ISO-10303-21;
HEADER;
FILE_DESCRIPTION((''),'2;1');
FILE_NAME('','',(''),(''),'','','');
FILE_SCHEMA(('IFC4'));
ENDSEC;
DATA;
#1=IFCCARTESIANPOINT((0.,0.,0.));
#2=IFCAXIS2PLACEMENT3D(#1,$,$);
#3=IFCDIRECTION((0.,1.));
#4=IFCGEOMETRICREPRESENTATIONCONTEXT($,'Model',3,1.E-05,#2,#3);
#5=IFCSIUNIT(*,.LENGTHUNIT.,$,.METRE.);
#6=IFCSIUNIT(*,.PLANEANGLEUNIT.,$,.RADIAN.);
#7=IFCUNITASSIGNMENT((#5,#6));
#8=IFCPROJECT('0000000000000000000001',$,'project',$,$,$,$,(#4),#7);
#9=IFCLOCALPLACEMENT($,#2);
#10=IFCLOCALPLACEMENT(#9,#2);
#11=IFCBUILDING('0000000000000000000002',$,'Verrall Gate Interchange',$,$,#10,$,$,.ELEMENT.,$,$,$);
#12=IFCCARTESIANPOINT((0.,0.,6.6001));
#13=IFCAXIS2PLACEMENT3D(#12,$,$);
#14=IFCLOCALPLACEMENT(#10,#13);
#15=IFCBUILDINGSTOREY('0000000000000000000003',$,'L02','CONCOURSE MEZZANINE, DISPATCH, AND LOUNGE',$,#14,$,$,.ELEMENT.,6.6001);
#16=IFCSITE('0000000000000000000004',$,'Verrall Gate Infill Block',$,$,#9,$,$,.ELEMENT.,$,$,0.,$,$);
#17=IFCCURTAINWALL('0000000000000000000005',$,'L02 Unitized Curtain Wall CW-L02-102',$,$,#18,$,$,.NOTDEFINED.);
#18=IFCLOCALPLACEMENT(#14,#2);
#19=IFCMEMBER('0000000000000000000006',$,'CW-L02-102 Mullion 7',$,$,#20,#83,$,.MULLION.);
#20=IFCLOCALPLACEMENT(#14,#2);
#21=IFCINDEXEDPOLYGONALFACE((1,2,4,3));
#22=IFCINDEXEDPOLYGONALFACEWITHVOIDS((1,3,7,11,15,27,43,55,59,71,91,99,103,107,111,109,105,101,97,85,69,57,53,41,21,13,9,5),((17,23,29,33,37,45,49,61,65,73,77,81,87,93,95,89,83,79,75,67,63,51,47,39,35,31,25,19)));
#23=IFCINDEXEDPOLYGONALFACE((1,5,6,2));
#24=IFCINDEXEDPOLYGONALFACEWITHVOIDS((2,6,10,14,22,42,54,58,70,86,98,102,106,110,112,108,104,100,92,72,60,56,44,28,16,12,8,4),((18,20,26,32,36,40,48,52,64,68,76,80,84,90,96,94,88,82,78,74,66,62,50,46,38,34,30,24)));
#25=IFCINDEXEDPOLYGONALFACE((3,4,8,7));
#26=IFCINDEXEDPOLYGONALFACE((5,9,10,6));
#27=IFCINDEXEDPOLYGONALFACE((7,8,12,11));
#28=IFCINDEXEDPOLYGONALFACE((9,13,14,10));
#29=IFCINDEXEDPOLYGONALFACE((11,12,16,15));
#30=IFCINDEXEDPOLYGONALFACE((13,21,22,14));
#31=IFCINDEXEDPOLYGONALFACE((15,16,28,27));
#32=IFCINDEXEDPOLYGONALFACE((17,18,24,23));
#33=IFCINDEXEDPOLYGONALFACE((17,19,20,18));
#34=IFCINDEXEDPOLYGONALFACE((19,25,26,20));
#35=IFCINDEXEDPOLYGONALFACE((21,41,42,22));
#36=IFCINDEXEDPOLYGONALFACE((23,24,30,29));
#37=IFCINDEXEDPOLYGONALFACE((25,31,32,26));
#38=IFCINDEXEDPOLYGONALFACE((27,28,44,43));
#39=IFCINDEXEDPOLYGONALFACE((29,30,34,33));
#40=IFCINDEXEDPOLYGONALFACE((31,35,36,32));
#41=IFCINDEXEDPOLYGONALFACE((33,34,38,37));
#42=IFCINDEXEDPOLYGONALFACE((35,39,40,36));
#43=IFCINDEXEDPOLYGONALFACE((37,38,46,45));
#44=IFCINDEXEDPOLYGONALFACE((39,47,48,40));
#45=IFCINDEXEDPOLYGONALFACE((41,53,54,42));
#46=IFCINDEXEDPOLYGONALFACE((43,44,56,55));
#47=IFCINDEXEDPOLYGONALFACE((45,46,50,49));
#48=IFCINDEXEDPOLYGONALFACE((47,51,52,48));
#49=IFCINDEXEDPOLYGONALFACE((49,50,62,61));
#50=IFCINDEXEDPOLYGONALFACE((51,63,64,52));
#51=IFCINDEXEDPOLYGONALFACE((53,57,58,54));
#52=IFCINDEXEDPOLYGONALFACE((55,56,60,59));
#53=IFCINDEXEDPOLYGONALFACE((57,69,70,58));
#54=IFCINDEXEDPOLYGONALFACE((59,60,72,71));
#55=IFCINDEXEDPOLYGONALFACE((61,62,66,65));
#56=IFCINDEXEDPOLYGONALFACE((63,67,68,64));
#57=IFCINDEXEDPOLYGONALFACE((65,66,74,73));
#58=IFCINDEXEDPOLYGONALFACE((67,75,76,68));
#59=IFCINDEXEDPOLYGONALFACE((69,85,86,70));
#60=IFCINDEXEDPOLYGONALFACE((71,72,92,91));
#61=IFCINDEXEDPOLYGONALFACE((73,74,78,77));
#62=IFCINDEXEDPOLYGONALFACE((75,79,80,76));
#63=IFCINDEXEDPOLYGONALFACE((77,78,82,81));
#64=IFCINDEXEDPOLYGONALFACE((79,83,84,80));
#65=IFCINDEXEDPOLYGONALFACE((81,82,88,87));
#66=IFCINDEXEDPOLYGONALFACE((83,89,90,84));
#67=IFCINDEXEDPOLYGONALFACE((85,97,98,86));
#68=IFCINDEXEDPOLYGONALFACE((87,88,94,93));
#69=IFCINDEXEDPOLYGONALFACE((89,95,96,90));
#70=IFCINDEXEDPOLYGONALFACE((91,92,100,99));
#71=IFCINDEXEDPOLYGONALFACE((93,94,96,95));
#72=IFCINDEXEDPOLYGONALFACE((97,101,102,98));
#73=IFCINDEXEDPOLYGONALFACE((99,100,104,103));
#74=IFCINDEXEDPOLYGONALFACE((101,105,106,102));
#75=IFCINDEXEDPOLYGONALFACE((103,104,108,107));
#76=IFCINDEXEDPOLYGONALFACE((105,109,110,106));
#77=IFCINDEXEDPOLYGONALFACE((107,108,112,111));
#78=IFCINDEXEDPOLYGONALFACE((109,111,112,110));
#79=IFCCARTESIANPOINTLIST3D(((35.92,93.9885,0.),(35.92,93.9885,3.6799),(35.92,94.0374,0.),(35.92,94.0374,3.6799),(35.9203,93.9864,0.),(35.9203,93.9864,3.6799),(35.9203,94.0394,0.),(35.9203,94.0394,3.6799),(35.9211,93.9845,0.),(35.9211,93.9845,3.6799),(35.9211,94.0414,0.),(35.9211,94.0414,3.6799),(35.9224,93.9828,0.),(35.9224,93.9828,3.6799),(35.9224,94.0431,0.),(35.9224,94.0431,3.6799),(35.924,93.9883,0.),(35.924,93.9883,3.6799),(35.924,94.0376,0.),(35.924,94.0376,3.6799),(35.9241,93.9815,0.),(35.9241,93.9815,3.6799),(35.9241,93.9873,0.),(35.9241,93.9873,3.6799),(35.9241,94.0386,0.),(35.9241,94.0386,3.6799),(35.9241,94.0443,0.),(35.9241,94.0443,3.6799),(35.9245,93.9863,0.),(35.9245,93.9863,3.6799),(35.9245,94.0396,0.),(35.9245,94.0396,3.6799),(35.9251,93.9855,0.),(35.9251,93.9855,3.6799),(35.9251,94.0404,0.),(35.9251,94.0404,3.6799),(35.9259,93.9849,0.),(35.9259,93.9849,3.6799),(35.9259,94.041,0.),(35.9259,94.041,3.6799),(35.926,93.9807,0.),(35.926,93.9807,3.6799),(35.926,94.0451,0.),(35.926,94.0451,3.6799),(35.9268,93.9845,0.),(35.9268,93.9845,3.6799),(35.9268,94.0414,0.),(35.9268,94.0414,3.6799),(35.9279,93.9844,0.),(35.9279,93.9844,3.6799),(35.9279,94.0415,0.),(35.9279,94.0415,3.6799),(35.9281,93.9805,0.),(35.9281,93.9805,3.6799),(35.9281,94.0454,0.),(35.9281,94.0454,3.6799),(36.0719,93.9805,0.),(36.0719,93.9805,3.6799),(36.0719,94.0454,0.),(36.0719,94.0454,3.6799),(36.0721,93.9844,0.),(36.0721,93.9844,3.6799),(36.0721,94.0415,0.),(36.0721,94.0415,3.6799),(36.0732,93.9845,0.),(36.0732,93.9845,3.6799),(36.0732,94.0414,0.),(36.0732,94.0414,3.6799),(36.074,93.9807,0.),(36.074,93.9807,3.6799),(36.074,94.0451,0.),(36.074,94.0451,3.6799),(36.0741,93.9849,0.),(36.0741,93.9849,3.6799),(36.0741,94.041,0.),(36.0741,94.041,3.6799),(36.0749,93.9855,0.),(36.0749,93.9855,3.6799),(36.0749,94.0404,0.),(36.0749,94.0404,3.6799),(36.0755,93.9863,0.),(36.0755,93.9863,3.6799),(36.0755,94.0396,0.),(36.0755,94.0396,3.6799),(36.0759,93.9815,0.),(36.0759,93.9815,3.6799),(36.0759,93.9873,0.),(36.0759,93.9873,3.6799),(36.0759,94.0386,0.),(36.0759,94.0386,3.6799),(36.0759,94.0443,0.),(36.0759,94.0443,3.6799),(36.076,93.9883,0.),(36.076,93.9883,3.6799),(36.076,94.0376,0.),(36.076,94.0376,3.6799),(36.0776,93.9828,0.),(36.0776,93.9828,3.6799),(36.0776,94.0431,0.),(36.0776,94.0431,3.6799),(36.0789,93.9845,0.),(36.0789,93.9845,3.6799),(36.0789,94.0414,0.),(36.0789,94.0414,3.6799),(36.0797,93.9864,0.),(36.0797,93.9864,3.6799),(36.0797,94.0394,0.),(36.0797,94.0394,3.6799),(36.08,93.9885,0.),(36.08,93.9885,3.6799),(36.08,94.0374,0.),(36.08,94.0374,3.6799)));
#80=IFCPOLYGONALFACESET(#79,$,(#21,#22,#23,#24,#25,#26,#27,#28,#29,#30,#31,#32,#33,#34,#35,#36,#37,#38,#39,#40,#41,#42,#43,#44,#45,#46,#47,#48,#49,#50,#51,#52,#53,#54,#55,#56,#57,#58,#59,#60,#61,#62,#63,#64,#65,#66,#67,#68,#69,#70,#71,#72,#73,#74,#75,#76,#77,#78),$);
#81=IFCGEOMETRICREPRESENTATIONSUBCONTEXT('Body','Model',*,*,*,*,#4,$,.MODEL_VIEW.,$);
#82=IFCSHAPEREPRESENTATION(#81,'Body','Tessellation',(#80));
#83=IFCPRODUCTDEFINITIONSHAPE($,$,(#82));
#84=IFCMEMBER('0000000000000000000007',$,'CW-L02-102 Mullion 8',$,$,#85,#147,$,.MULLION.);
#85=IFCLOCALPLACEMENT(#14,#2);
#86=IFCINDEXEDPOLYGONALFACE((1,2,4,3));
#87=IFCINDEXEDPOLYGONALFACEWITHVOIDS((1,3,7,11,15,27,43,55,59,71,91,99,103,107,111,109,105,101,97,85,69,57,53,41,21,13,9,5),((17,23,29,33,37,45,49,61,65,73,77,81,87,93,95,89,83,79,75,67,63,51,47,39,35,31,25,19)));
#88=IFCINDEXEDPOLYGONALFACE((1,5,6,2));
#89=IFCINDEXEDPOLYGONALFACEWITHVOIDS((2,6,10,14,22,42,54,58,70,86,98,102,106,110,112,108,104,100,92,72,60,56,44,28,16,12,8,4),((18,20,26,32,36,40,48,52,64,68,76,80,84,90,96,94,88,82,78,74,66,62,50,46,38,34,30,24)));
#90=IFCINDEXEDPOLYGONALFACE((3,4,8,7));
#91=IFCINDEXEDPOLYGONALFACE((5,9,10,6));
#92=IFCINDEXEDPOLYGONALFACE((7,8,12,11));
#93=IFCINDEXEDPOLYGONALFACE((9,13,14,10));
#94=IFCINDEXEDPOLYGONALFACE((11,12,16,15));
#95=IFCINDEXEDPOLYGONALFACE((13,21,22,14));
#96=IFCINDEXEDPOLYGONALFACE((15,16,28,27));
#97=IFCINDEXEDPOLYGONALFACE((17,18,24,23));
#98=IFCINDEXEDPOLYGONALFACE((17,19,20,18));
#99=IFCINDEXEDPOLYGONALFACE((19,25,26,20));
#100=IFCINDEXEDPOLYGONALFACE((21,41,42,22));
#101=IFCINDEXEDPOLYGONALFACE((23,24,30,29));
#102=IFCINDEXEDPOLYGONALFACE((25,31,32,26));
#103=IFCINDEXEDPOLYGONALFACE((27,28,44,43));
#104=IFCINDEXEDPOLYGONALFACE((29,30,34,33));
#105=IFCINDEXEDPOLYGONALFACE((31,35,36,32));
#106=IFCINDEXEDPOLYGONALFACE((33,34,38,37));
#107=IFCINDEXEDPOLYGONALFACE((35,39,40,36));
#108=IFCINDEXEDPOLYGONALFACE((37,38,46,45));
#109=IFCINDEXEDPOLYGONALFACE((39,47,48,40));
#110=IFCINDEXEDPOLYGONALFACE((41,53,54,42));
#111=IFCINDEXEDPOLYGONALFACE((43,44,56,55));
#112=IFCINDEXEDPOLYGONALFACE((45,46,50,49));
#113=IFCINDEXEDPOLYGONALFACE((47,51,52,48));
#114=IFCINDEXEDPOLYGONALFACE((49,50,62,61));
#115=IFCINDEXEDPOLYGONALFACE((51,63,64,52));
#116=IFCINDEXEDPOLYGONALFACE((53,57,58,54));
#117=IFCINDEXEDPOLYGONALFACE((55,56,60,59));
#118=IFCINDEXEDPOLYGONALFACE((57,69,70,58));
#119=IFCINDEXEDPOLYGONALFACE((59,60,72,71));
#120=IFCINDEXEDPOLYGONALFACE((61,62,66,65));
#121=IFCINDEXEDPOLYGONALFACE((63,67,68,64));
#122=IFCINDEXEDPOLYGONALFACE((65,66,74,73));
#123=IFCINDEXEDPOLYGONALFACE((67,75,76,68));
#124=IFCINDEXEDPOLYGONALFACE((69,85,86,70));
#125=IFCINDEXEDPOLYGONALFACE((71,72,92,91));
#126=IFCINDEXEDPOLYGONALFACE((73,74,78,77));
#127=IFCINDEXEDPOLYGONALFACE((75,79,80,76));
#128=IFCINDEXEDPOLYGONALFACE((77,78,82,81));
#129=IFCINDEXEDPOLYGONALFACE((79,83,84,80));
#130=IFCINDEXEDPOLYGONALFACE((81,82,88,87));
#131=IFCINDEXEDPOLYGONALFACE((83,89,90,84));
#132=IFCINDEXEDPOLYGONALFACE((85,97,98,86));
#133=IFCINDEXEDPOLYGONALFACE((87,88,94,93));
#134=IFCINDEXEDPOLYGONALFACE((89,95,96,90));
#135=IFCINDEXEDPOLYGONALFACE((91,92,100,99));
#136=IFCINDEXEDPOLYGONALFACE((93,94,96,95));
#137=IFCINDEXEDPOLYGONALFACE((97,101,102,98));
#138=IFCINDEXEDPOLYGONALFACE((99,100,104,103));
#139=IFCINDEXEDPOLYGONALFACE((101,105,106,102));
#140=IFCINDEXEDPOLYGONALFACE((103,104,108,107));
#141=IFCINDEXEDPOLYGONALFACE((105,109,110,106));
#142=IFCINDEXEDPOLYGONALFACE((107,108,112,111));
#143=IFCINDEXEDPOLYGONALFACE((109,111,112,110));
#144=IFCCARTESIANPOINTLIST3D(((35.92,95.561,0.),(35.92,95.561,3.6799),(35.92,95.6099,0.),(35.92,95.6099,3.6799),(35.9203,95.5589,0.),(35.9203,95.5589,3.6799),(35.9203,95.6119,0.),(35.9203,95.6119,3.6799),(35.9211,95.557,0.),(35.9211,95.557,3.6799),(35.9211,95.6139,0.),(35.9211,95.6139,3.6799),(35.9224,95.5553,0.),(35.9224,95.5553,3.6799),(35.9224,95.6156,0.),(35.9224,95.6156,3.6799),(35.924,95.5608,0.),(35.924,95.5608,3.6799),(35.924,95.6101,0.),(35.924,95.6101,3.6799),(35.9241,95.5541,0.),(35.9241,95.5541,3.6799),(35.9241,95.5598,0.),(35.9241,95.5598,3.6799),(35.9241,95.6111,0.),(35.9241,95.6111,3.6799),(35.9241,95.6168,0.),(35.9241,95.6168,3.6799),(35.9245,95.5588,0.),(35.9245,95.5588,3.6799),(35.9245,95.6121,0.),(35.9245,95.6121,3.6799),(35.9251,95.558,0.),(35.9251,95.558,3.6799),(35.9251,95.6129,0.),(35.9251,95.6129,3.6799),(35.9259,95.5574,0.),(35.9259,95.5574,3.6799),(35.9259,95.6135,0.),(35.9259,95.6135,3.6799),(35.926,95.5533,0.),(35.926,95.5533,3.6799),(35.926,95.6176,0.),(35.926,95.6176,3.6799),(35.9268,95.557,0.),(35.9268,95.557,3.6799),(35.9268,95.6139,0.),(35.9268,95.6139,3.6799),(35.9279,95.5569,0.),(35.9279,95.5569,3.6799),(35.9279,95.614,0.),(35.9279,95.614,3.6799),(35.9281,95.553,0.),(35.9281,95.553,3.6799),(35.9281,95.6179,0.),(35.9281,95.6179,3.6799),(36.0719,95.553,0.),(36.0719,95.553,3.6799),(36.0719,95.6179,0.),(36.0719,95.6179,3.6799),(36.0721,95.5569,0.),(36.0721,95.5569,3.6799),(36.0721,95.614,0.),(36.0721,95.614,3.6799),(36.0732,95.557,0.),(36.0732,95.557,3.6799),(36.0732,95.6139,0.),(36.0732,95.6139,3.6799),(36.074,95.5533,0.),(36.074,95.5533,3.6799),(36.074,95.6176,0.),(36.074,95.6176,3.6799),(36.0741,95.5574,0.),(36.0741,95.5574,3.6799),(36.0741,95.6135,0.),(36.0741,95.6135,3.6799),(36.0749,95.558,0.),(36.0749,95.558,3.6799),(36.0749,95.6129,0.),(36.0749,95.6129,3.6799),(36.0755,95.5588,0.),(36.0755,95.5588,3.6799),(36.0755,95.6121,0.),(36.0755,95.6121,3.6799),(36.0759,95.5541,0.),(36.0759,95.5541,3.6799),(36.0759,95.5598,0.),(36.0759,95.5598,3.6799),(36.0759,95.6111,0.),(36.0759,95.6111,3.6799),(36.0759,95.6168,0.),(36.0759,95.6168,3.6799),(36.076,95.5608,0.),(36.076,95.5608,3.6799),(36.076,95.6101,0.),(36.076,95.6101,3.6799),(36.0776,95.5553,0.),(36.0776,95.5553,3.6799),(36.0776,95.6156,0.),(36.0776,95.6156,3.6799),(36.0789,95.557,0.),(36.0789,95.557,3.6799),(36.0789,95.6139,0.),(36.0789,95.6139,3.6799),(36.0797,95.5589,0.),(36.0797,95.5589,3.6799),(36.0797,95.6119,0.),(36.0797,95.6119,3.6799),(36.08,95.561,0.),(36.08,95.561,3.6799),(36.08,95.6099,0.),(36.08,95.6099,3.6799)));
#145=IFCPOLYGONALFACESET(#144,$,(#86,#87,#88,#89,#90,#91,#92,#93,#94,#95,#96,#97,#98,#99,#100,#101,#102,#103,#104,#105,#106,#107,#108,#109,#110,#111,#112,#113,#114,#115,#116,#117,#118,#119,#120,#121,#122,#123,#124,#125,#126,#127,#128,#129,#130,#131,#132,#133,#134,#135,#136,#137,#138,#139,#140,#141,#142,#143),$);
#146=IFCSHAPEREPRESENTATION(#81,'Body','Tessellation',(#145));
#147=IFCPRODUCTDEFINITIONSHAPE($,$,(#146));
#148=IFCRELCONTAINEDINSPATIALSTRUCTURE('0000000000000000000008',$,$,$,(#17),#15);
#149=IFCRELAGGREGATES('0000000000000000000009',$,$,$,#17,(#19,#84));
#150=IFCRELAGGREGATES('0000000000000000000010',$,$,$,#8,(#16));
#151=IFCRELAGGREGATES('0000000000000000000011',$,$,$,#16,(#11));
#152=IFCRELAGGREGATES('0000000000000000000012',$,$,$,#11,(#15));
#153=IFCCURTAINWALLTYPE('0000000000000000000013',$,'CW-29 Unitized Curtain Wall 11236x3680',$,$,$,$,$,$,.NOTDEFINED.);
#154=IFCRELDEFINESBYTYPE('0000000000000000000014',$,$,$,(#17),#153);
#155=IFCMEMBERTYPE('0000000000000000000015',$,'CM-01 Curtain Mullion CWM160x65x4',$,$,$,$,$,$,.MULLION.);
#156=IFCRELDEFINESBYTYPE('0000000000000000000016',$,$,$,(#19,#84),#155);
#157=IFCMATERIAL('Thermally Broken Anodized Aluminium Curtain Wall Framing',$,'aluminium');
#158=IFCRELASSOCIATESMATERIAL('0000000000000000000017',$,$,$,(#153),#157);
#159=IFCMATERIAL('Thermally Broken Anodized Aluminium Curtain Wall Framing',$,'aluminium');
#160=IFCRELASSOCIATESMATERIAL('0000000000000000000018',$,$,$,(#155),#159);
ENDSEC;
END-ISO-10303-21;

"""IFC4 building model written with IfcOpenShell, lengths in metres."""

from ifc_helpers import new_model, si_unit, direction, frame, origin, origin_2d, place, context, subcontext, project, spatial, hollow_rectangle, extrude, material, material_profile, profile_set, type_object, element, aggregate, save


model = new_model("IFC4")

# Units and contexts
model_context = context("Model", 3, precision=1e-05, world=origin(), true_north=direction((0.0, 1.0)))
body_context = subcontext(model_context, "Body", "Model", "MODEL_VIEW")
ifc_project = project(units=[si_unit("LENGTHUNIT", "METRE"), si_unit("PLANEANGLEUNIT", "RADIAN")], contexts=[model_context])

# Site, building, storey
site_placement = place(None, origin())
site = spatial("IfcSite", under=ifc_project, at=site_placement, Name="Verrall Gate Infill Block", CompositionType="ELEMENT", RefElevation=0.0)
building_placement = place(site_placement, origin())
building = spatial("IfcBuilding", under=site, at=building_placement, Name="Verrall Gate Interchange", CompositionType="ELEMENT")
storey_placement = place(building_placement, frame((0.0, 0.0, 6.6001)))
storey = spatial("IfcBuildingStorey", under=building, at=storey_placement, Name="L02", Description="CONCOURSE MEZZANINE, DISPATCH, AND LOUNGE", CompositionType="ELEMENT", Elevation=6.6001)

# Curtain wall, members
ifc_material_1 = material(Name="Thermally Broken Anodized Aluminium Curtain Wall Framing", Category="aluminium")
curtain_wall_type = type_object("IfcCurtainWallType", Name="CW-29 Unitized Curtain Wall 11236x3680", PredefinedType="NOTDEFINED", material=ifc_material_1)
curtain_wall_placement = place(storey_placement, origin())
curtain_wall = element("IfcCurtainWall", 1, at=curtain_wall_placement, inside=storey, type_object=curtain_wall_type, Name="L02 Unitized Curtain Wall CW-L02-102", PredefinedType="NOTDEFINED")
ifc_material_2 = material(Name="Thermally Broken Anodized Aluminium Curtain Wall Framing", Category="aluminium")
ifc_material_profile_1 = material_profile(ifc_material_2, hollow_rectangle(XDim=0.0649, YDim=0.1599, WallThickness=0.0039, InnerFilletRadius=0.0039, OuterFilletRadius=0.0081, at=origin_2d()), Name="CWM160x65x4")
ifc_profile_set_1 = profile_set([ifc_material_profile_1], Name="Thermally Broken Anodized Aluminium Curtain Wall Framing")
member_type_1 = type_object("IfcMemberType", Name="CM-01 Curtain Mullion CWM160x65x4", PredefinedType="MULLION", material=ifc_profile_set_1)
member_1_placement = place(storey_placement, frame((36.0, 94.0129, 0.0), z_axis=(0.0, 0.0, 1.0), x_axis=(0.0, 1.0, 0.0)))
member_1 = element("IfcMember", 2, at=member_1_placement, type_object=member_type_1, Name="CW-L02-102 Mullion 7", PredefinedType="MULLION", context=body_context, shape_type="SweptSolid", body=[
    extrude(hollow_rectangle(XDim=0.0649, YDim=0.1599, WallThickness=0.0039, InnerFilletRadius=0.0039, OuterFilletRadius=0.0081, at=origin_2d()), origin(), (0.0, 0.0, 1.0), 3.6799),
])
member_2_placement = place(storey_placement, frame((36.0, 95.5854, 0.0), z_axis=(0.0, 0.0, 1.0), x_axis=(0.0, 1.0, 0.0)))
member_2 = element("IfcMember", 3, at=member_2_placement, type_object=member_type_1, Name="CW-L02-102 Mullion 8", PredefinedType="MULLION", context=body_context, shape_type="SweptSolid", body=[
    extrude(hollow_rectangle(XDim=0.0649, YDim=0.1599, WallThickness=0.0039, InnerFilletRadius=0.0039, OuterFilletRadius=0.0081, at=origin_2d()), origin(), (0.0, 0.0, 1.0), 3.6799),
])

aggregate(curtain_wall, [member_1, member_2])

save(model, "model.ifc")
